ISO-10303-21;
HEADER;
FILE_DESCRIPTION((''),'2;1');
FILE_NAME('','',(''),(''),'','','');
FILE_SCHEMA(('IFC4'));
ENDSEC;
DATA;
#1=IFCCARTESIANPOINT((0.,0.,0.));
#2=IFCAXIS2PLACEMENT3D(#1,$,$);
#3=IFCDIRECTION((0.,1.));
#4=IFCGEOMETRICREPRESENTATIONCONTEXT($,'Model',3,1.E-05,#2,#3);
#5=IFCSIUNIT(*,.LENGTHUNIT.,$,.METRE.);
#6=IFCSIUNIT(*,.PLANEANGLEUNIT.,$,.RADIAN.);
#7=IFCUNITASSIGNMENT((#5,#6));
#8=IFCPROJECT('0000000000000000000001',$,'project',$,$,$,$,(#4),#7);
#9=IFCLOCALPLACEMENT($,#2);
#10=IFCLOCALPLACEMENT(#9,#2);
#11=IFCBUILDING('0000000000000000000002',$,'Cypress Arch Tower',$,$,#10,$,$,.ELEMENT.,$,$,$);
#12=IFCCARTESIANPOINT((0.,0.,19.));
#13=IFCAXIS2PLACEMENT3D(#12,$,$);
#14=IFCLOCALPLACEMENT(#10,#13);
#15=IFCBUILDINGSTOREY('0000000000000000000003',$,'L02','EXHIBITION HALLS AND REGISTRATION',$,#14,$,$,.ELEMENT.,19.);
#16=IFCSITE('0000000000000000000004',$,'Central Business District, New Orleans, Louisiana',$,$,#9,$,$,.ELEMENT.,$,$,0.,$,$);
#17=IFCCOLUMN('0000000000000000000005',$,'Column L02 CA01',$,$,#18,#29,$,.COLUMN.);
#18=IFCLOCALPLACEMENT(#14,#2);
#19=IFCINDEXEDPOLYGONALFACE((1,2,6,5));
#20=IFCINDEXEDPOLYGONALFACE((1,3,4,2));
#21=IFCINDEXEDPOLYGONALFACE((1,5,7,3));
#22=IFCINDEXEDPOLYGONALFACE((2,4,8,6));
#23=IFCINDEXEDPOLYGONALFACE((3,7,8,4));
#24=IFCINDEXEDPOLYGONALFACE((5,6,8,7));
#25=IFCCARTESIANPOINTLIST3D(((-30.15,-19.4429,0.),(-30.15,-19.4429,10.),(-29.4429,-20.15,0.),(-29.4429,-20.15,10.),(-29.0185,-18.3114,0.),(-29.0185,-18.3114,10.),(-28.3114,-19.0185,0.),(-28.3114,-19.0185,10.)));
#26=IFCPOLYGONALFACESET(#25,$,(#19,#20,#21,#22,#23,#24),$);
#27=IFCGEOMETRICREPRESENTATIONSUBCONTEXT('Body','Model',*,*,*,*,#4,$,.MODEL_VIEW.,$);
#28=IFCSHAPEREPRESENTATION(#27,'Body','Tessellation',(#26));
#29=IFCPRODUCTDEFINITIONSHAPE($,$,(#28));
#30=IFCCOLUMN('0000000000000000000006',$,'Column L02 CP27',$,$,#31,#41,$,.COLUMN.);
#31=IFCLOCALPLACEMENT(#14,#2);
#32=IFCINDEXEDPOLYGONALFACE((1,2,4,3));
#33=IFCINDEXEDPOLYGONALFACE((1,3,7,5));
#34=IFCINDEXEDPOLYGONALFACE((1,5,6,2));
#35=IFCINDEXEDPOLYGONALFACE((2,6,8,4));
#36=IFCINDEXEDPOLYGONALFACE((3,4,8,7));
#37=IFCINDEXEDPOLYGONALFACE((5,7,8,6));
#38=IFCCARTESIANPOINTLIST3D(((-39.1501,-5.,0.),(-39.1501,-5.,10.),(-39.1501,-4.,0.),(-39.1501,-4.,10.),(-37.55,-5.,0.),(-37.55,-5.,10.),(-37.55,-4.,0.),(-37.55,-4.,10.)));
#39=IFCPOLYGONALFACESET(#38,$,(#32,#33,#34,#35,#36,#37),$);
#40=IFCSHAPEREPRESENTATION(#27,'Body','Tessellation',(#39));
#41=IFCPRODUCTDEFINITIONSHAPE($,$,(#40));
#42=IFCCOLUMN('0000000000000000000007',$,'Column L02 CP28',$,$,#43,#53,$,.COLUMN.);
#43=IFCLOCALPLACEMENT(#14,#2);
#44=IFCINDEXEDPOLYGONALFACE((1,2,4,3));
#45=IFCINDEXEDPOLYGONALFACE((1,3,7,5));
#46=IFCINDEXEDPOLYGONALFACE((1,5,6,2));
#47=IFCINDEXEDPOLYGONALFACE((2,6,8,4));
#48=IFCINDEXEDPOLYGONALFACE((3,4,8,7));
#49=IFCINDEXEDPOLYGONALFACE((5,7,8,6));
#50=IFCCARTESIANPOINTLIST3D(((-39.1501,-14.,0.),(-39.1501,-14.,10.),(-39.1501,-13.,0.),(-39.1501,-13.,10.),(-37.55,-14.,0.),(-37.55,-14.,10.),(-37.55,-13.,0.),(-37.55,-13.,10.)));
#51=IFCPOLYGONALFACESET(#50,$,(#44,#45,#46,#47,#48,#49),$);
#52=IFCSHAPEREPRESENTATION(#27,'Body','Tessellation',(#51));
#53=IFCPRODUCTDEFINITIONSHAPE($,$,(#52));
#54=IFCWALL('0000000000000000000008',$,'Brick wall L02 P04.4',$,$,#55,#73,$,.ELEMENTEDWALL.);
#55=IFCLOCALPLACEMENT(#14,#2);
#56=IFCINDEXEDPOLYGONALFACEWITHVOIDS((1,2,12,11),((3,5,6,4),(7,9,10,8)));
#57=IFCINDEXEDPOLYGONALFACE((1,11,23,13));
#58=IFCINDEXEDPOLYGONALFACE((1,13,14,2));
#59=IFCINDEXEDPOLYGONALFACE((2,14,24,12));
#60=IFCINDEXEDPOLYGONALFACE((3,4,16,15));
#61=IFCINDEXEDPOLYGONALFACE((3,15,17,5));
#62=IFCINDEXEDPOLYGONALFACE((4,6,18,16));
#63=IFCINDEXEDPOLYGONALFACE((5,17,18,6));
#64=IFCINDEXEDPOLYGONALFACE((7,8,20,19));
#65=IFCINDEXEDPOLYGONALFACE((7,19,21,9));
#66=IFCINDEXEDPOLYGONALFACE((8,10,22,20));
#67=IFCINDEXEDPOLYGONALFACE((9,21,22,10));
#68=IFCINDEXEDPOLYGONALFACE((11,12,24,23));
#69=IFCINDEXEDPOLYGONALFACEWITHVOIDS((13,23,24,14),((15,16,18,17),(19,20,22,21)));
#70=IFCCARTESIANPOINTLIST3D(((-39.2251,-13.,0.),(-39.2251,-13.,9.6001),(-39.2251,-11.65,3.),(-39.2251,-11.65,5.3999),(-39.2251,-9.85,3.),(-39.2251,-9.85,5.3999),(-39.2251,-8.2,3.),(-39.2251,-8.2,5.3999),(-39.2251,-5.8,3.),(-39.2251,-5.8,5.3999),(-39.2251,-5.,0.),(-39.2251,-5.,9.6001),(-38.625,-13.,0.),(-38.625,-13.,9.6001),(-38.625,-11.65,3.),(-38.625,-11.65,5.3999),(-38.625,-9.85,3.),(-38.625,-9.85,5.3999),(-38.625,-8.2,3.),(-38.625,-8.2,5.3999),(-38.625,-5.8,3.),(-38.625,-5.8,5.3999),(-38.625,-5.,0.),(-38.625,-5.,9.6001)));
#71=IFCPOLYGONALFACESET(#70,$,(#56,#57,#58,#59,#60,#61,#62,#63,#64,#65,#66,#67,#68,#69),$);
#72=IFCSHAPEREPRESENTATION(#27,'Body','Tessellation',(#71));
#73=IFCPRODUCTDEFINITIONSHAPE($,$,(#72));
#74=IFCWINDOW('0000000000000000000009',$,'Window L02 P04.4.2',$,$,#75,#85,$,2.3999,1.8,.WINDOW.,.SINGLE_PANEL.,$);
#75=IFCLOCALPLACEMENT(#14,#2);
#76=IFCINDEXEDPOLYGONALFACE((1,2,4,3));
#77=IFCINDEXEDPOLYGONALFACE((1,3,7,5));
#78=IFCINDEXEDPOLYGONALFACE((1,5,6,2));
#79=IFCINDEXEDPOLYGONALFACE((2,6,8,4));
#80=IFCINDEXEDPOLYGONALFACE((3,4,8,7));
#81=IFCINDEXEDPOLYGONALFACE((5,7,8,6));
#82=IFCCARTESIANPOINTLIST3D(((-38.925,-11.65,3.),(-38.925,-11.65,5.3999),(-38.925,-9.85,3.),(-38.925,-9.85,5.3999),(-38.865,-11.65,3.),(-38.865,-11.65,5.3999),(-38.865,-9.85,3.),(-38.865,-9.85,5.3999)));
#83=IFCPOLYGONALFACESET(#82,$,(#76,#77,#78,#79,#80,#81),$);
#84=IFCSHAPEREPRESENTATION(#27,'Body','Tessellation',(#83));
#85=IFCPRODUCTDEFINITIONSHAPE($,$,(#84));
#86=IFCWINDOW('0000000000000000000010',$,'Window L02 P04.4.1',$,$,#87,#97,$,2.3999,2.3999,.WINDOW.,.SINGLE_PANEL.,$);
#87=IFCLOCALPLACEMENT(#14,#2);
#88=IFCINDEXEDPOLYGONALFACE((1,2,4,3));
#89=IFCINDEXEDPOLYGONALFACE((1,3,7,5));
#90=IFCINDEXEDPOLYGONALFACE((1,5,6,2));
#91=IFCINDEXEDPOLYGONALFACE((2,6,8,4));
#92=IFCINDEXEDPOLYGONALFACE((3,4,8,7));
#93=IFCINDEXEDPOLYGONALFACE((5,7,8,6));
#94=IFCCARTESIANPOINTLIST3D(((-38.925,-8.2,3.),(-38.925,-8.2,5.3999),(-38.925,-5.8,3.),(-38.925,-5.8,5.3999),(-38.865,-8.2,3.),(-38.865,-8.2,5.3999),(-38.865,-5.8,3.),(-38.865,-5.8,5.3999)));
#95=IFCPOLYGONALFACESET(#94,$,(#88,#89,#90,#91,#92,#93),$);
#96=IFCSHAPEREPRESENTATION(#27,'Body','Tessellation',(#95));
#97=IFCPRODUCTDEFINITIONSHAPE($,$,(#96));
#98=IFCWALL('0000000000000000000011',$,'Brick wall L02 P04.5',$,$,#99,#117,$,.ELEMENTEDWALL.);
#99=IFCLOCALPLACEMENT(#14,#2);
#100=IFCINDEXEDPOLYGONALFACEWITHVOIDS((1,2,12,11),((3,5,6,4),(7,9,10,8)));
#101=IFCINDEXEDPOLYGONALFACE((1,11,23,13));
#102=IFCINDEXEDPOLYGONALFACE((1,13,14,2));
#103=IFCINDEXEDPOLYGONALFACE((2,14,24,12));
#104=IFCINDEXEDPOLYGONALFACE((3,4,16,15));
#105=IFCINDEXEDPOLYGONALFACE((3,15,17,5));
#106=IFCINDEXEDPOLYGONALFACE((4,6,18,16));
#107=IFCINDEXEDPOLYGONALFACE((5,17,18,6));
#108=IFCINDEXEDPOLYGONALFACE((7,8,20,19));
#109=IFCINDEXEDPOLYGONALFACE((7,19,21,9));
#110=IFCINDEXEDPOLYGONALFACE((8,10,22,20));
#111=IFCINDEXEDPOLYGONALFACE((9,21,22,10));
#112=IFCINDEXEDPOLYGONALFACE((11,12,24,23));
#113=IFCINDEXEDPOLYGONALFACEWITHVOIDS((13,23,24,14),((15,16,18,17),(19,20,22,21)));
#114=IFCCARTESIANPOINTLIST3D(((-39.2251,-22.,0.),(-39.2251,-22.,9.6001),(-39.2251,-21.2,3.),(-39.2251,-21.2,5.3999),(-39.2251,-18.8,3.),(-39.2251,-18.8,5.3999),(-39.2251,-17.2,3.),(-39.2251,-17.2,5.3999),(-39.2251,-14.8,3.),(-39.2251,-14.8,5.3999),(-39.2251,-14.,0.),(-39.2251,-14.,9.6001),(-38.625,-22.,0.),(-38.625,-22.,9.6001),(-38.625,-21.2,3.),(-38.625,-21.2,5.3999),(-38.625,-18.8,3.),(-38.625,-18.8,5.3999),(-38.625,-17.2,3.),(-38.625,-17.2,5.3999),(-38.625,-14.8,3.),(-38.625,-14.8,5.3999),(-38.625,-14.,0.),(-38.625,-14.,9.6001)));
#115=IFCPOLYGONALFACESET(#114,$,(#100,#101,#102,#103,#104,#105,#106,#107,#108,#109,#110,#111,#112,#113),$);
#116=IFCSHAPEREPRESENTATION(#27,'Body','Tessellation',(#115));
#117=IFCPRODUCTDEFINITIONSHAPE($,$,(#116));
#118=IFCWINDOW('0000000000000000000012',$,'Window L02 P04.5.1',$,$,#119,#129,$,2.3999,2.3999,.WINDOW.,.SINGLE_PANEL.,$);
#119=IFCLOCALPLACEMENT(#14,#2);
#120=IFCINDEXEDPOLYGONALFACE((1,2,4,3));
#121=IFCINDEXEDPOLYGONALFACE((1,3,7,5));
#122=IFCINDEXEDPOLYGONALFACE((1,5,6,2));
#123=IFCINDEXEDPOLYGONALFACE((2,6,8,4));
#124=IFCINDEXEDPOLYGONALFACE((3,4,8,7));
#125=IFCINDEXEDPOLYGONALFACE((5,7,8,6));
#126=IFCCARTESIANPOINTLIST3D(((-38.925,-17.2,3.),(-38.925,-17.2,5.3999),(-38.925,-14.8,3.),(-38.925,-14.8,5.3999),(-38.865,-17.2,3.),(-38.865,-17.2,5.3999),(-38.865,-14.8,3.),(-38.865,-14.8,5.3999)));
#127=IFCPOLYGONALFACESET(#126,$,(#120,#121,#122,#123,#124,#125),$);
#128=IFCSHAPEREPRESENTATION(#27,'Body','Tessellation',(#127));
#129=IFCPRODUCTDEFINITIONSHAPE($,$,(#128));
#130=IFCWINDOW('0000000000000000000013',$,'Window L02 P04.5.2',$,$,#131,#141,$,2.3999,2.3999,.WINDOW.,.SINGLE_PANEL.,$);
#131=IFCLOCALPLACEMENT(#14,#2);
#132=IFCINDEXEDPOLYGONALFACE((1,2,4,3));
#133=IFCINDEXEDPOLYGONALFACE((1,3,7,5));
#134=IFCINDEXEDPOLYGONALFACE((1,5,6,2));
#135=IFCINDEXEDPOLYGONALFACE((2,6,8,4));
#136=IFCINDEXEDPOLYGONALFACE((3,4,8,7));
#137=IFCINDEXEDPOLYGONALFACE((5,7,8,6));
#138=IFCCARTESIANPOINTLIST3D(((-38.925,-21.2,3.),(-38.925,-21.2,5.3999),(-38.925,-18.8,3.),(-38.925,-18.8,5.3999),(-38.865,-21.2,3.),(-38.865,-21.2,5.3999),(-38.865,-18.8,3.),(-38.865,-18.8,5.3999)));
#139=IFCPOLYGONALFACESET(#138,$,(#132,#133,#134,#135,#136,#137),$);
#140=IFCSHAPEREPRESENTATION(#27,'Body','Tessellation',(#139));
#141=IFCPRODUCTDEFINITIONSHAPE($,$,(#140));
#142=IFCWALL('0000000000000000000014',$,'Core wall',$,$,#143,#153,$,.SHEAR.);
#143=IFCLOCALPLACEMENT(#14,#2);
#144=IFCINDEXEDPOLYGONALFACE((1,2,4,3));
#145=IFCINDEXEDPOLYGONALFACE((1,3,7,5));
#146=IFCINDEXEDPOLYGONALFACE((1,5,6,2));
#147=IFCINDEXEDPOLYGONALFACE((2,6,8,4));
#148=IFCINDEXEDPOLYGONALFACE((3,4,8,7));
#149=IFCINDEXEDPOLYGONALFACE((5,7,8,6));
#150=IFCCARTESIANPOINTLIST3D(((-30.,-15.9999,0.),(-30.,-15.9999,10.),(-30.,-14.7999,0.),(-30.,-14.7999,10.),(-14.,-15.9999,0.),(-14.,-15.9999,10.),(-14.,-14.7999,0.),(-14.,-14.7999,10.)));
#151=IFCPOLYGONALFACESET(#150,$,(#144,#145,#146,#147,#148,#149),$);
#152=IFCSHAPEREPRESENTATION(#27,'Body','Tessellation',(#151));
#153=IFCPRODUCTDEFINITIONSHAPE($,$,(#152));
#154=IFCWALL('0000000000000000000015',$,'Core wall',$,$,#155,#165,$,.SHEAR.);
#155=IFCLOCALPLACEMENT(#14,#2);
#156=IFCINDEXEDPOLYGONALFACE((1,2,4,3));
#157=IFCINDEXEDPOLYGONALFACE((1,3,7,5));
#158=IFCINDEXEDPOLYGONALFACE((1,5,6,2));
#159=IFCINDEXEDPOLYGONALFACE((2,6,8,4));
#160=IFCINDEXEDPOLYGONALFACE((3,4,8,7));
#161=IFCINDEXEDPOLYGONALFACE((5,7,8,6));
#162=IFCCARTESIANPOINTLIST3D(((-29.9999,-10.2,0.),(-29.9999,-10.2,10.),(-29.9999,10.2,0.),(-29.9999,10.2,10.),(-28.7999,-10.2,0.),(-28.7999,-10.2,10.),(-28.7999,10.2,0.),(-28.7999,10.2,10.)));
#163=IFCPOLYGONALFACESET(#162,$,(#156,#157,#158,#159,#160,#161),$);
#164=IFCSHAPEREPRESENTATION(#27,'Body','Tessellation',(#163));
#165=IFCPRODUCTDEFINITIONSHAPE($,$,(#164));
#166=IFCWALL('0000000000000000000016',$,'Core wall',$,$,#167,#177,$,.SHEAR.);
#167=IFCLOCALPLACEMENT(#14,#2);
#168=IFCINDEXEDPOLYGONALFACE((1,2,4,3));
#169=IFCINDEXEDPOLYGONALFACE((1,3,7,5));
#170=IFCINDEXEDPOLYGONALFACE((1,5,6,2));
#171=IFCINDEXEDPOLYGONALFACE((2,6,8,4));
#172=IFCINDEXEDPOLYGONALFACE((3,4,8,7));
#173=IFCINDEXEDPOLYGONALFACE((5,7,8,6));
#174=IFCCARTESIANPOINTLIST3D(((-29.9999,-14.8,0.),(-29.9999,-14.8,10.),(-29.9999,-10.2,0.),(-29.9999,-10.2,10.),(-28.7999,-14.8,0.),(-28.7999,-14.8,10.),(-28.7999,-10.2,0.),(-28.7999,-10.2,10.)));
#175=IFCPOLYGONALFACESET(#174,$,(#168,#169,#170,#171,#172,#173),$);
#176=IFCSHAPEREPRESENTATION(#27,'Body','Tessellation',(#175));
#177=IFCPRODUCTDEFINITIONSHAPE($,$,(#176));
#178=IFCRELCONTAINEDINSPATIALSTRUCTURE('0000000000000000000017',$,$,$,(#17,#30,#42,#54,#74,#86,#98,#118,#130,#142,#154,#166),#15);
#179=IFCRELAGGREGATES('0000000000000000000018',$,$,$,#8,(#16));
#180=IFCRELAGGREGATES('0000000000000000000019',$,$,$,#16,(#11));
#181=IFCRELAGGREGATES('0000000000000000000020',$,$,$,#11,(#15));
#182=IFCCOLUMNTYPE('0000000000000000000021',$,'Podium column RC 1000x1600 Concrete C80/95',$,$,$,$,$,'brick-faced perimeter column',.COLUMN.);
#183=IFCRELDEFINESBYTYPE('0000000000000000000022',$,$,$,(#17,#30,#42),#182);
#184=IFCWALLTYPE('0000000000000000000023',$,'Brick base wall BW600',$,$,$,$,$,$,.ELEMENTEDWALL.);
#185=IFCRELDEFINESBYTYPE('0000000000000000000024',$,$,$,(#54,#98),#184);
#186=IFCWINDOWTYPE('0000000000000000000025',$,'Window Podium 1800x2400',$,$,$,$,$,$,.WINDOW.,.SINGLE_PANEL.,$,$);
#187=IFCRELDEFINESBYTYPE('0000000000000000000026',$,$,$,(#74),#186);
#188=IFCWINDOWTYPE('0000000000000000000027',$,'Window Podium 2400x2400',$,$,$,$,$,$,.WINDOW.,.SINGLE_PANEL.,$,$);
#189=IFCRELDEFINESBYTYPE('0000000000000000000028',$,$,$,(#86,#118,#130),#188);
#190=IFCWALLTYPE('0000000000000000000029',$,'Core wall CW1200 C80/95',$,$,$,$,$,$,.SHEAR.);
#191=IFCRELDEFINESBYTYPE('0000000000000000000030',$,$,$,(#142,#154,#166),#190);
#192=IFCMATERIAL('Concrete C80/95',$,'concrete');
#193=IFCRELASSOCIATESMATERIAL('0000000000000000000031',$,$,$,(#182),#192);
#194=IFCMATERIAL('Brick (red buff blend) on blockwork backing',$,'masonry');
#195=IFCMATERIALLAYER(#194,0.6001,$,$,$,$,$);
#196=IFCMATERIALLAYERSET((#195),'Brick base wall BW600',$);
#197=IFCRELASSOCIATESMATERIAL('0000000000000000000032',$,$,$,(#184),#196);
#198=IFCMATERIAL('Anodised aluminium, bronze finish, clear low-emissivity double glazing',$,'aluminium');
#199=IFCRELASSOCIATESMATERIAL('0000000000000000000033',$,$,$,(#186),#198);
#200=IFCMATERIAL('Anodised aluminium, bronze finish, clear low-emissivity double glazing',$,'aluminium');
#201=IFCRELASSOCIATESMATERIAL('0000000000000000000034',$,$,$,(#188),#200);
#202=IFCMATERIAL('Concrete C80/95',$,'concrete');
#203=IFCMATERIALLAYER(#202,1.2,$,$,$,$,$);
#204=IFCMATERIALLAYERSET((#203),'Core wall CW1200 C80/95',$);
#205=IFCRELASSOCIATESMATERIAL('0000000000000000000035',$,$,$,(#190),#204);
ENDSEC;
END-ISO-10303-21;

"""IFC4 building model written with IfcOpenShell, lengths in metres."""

from ifc_helpers import new_model, si_unit, direction, frame, frame_2d, origin, origin_2d, place, context, subcontext, project, spatial, rectangle, extrude, material, layer, layer_set, material_profile, profile_set, type_object, element, fill, save


model = new_model("IFC4")

# Units and contexts
model_context = context("Model", 3, precision=1e-05, world=origin(), true_north=direction((0.0, 1.0)))
body_context = subcontext(model_context, "Body", "Model", "MODEL_VIEW")
ifc_project = project(units=[si_unit("LENGTHUNIT", "METRE"), si_unit("PLANEANGLEUNIT", "RADIAN")], contexts=[model_context])

# Site, building, storey
site_placement = place(None, origin())
site = spatial("IfcSite", under=ifc_project, at=site_placement, Name="Central Business District, New Orleans, Louisiana", CompositionType="ELEMENT", RefElevation=0.0)
building_placement = place(site_placement, origin())
building = spatial("IfcBuilding", under=site, at=building_placement, Name="Cypress Arch Tower", CompositionType="ELEMENT")
storey_placement = place(building_placement, frame((0.0, 0.0, 19.0)))
storey = spatial("IfcBuildingStorey", under=building, at=storey_placement, Name="L02", Description="EXHIBITION HALLS AND REGISTRATION", CompositionType="ELEMENT", Elevation=19.0)

# Columns
ifc_material_1 = material(Name="Concrete C80/95", Category="concrete")
ifc_material_profile = material_profile(ifc_material_1, rectangle(XDim=1.0, YDim=1.6001, at=origin_2d()), Name="RC 1000x1600")
ifc_profile_set = profile_set([ifc_material_profile], Name="Concrete C80/95")
column_type = type_object("IfcColumnType", Name="Podium column RC 1000x1600 Concrete C80/95", ElementType="brick-faced perimeter column", PredefinedType="COLUMN", material=ifc_profile_set)
for number, where, z_axis, x_axis, name in (
    (1, (-29.2307, -19.2307, 0.0), (0.0, 0.0, 1.0), (0.707107, -0.707107, 0.0), "Column L02 CA01"),
    (2, (-38.3501, -4.5, 0.0), (0.0, 0.0, 1.0), (0.0, -1.0, 0.0), "Column L02 CP27"),
    (3, (-38.3501, -13.5, 0.0), (0.0, 0.0, 1.0), (0.0, -1.0, 0.0), "Column L02 CP28"),
):
    element("IfcColumn", number, at=place(storey_placement, frame(where, z_axis=z_axis, x_axis=x_axis)), inside=storey, type_object=column_type, Name=name, PredefinedType="COLUMN", context=body_context, shape_type="SweptSolid", body=[
        extrude(rectangle(XDim=1.0, YDim=1.6001, at=origin_2d()), origin(), (0.0, 0.0, 1.0), 10.0),
    ])

# Walls, openings, windows
ifc_material_2 = material(Name="Brick (red buff blend) on blockwork backing", Category="masonry")
ifc_layer_1 = layer(ifc_material_2, 0.6001)
ifc_layer_set_1 = layer_set([ifc_layer_1], Name="Brick base wall BW600")
wall_type_1 = type_object("IfcWallType", Name="Brick base wall BW600", PredefinedType="ELEMENTEDWALL", material=ifc_layer_set_1)
wall_1_placement = place(storey_placement, frame((-38.925, -5.0, 0.0), z_axis=(0.0, 0.0, 1.0), x_axis=(0.0, -1.0, 0.0)))
wall_1 = element("IfcWall", 4, at=wall_1_placement, inside=storey, type_object=wall_type_1, Name="Brick wall L02 P04.4", PredefinedType="ELEMENTEDWALL", context=body_context, shape_type="SweptSolid", body=[
    extrude(rectangle(XDim=8.0, YDim=0.6001, at=frame_2d((4.0, 0.0))), origin(), (0.0, 0.0, 1.0), 9.6001),
])
opening_1_placement = place(wall_1_placement, frame((0.8, 0.0, 3.0)))
opening_1 = element("IfcOpeningElement", 5, at=opening_1_placement, cuts=wall_1, PredefinedType="OPENING", context=body_context, shape_type="SweptSolid", body=[
    extrude(rectangle(XDim=2.3999, YDim=2.3999, at=frame_2d((1.2, 1.2))), frame((0.0, 0.3101, 0.0), z_axis=(0.0, -1.0, 0.0), x_axis=(1.0, 0.0, 0.0)), (0.0, 0.0, 1.0), 0.6201),
])
opening_2_placement = place(wall_1_placement, frame((4.8501, 0.0, 3.0)))
opening_2 = element("IfcOpeningElement", 6, at=opening_2_placement, cuts=wall_1, PredefinedType="OPENING", context=body_context, shape_type="SweptSolid", body=[
    extrude(rectangle(XDim=1.8, YDim=2.3999, at=frame_2d((0.8999, 1.2))), frame((0.0, 0.3101, 0.0), z_axis=(0.0, -1.0, 0.0), x_axis=(1.0, 0.0, 0.0)), (0.0, 0.0, 1.0), 0.6201),
])
ifc_material_3 = material(Name="Anodised aluminium, bronze finish, clear low-emissivity double glazing", Category="aluminium")
window_type_1 = type_object("IfcWindowType", Name="Window Podium 1800x2400", PartitioningType="SINGLE_PANEL", PredefinedType="WINDOW", material=ifc_material_3)
window_1_placement = place(opening_2_placement, origin())
window_1 = element("IfcWindow", 7, at=window_1_placement, inside=storey, type_object=window_type_1, Name="Window L02 P04.4.2", OverallHeight=2.3999, OverallWidth=1.8, PartitioningType="SINGLE_PANEL", PredefinedType="WINDOW", context=body_context, shape_type="SweptSolid", body=[
    extrude(rectangle(XDim=1.8, YDim=2.3999, at=frame_2d((0.8999, 1.2))), frame((0.0, 0.0601, 0.0), z_axis=(0.0, -1.0, 0.0), x_axis=(1.0, 0.0, 0.0)), (0.0, 0.0, 1.0), 0.0601),
])
fill(opening_2, window_1)
ifc_material_4 = material(Name="Anodised aluminium, bronze finish, clear low-emissivity double glazing", Category="aluminium")
window_type_2 = type_object("IfcWindowType", Name="Window Podium 2400x2400", PartitioningType="SINGLE_PANEL", PredefinedType="WINDOW", material=ifc_material_4)
window_2_placement = place(opening_1_placement, origin())
window_2 = element("IfcWindow", 8, at=window_2_placement, inside=storey, type_object=window_type_2, Name="Window L02 P04.4.1", OverallHeight=2.3999, OverallWidth=2.3999, PartitioningType="SINGLE_PANEL", PredefinedType="WINDOW", context=body_context, shape_type="SweptSolid", body=[
    extrude(rectangle(XDim=2.3999, YDim=2.3999, at=frame_2d((1.2, 1.2))), frame((0.0, 0.0601, 0.0), z_axis=(0.0, -1.0, 0.0), x_axis=(1.0, 0.0, 0.0)), (0.0, 0.0, 1.0), 0.0601),
])
fill(opening_1, window_2)
wall_2_placement = place(storey_placement, frame((-38.925, -14.0, 0.0), z_axis=(0.0, 0.0, 1.0), x_axis=(0.0, -1.0, 0.0)))
wall_2 = element("IfcWall", 9, at=wall_2_placement, inside=storey, type_object=wall_type_1, Name="Brick wall L02 P04.5", PredefinedType="ELEMENTEDWALL", context=body_context, shape_type="SweptSolid", body=[
    extrude(rectangle(XDim=8.0, YDim=0.6001, at=frame_2d((4.0, 0.0))), origin(), (0.0, 0.0, 1.0), 9.6001),
])
opening_3_placement = place(wall_2_placement, frame((0.8, 0.0, 3.0)))
opening_3 = element("IfcOpeningElement", 10, at=opening_3_placement, cuts=wall_2, PredefinedType="OPENING", context=body_context, shape_type="SweptSolid", body=[
    extrude(rectangle(XDim=2.3999, YDim=2.3999, at=frame_2d((1.2, 1.2))), frame((0.0, 0.3101, 0.0), z_axis=(0.0, -1.0, 0.0), x_axis=(1.0, 0.0, 0.0)), (0.0, 0.0, 1.0), 0.6201),
])
opening_4_placement = place(wall_2_placement, frame((4.8, 0.0, 3.0)))
opening_4 = element("IfcOpeningElement", 11, at=opening_4_placement, cuts=wall_2, PredefinedType="OPENING", context=body_context, shape_type="SweptSolid", body=[
    extrude(rectangle(XDim=2.3999, YDim=2.3999, at=frame_2d((1.2, 1.2))), frame((0.0, 0.3101, 0.0), z_axis=(0.0, -1.0, 0.0), x_axis=(1.0, 0.0, 0.0)), (0.0, 0.0, 1.0), 0.6201),
])
window_3_placement = place(opening_3_placement, origin())
window_3 = element("IfcWindow", 12, at=window_3_placement, inside=storey, type_object=window_type_2, Name="Window L02 P04.5.1", OverallHeight=2.3999, OverallWidth=2.3999, PartitioningType="SINGLE_PANEL", PredefinedType="WINDOW", context=body_context, shape_type="SweptSolid", body=[
    extrude(rectangle(XDim=2.3999, YDim=2.3999, at=frame_2d((1.2, 1.2))), frame((0.0, 0.0601, 0.0), z_axis=(0.0, -1.0, 0.0), x_axis=(1.0, 0.0, 0.0)), (0.0, 0.0, 1.0), 0.0601),
])
fill(opening_3, window_3)
window_4_placement = place(opening_4_placement, origin())
window_4 = element("IfcWindow", 13, at=window_4_placement, inside=storey, type_object=window_type_2, Name="Window L02 P04.5.2", OverallHeight=2.3999, OverallWidth=2.3999, PartitioningType="SINGLE_PANEL", PredefinedType="WINDOW", context=body_context, shape_type="SweptSolid", body=[
    extrude(rectangle(XDim=2.3999, YDim=2.3999, at=frame_2d((1.2, 1.2))), frame((0.0, 0.0601, 0.0), z_axis=(0.0, -1.0, 0.0), x_axis=(1.0, 0.0, 0.0)), (0.0, 0.0, 1.0), 0.0601),
])
fill(opening_4, window_4)

# Walls
ifc_material_5 = material(Name="Concrete C80/95", Category="concrete")
ifc_layer_2 = layer(ifc_material_5, 1.2)
ifc_layer_set_2 = layer_set([ifc_layer_2], Name="Core wall CW1200 C80/95")
wall_type_2 = type_object("IfcWallType", Name="Core wall CW1200 C80/95", PredefinedType="SHEAR", material=ifc_layer_set_2)
wall_3_placement = place(storey_placement, frame((-30.0, -15.3999, 0.0), z_axis=(0.0, 0.0, 1.0), x_axis=(1.0, 0.0, 0.0)))
element("IfcWall", 14, at=wall_3_placement, inside=storey, type_object=wall_type_2, Name="Core wall", PredefinedType="SHEAR", context=body_context, shape_type="SweptSolid", body=[
    extrude(rectangle(XDim=16.0, YDim=1.2, at=frame_2d((8.0, 0.0))), origin(), (0.0, 0.0, 1.0), 10.0),
])
wall_4_placement = place(storey_placement, frame((-29.3999, -10.2, 0.0), z_axis=(0.0, 0.0, 1.0), x_axis=(0.0, 1.0, 0.0)))
element("IfcWall", 15, at=wall_4_placement, inside=storey, type_object=wall_type_2, Name="Core wall", PredefinedType="SHEAR", context=body_context, shape_type="SweptSolid", body=[
    extrude(rectangle(XDim=20.3999, YDim=1.2, at=frame_2d((10.2, 0.0))), origin(), (0.0, 0.0, 1.0), 10.0),
])
wall_5_placement = place(storey_placement, frame((-29.3999, -14.8, 0.0), z_axis=(0.0, 0.0, 1.0), x_axis=(0.0, 1.0, 0.0)))
element("IfcWall", 16, at=wall_5_placement, inside=storey, type_object=wall_type_2, Name="Core wall", PredefinedType="SHEAR", context=body_context, shape_type="SweptSolid", body=[
    extrude(rectangle(XDim=4.6001, YDim=1.2, at=frame_2d((2.3, 0.0))), origin(), (0.0, 0.0, 1.0), 10.0),
])

save(model, "model.ifc")
